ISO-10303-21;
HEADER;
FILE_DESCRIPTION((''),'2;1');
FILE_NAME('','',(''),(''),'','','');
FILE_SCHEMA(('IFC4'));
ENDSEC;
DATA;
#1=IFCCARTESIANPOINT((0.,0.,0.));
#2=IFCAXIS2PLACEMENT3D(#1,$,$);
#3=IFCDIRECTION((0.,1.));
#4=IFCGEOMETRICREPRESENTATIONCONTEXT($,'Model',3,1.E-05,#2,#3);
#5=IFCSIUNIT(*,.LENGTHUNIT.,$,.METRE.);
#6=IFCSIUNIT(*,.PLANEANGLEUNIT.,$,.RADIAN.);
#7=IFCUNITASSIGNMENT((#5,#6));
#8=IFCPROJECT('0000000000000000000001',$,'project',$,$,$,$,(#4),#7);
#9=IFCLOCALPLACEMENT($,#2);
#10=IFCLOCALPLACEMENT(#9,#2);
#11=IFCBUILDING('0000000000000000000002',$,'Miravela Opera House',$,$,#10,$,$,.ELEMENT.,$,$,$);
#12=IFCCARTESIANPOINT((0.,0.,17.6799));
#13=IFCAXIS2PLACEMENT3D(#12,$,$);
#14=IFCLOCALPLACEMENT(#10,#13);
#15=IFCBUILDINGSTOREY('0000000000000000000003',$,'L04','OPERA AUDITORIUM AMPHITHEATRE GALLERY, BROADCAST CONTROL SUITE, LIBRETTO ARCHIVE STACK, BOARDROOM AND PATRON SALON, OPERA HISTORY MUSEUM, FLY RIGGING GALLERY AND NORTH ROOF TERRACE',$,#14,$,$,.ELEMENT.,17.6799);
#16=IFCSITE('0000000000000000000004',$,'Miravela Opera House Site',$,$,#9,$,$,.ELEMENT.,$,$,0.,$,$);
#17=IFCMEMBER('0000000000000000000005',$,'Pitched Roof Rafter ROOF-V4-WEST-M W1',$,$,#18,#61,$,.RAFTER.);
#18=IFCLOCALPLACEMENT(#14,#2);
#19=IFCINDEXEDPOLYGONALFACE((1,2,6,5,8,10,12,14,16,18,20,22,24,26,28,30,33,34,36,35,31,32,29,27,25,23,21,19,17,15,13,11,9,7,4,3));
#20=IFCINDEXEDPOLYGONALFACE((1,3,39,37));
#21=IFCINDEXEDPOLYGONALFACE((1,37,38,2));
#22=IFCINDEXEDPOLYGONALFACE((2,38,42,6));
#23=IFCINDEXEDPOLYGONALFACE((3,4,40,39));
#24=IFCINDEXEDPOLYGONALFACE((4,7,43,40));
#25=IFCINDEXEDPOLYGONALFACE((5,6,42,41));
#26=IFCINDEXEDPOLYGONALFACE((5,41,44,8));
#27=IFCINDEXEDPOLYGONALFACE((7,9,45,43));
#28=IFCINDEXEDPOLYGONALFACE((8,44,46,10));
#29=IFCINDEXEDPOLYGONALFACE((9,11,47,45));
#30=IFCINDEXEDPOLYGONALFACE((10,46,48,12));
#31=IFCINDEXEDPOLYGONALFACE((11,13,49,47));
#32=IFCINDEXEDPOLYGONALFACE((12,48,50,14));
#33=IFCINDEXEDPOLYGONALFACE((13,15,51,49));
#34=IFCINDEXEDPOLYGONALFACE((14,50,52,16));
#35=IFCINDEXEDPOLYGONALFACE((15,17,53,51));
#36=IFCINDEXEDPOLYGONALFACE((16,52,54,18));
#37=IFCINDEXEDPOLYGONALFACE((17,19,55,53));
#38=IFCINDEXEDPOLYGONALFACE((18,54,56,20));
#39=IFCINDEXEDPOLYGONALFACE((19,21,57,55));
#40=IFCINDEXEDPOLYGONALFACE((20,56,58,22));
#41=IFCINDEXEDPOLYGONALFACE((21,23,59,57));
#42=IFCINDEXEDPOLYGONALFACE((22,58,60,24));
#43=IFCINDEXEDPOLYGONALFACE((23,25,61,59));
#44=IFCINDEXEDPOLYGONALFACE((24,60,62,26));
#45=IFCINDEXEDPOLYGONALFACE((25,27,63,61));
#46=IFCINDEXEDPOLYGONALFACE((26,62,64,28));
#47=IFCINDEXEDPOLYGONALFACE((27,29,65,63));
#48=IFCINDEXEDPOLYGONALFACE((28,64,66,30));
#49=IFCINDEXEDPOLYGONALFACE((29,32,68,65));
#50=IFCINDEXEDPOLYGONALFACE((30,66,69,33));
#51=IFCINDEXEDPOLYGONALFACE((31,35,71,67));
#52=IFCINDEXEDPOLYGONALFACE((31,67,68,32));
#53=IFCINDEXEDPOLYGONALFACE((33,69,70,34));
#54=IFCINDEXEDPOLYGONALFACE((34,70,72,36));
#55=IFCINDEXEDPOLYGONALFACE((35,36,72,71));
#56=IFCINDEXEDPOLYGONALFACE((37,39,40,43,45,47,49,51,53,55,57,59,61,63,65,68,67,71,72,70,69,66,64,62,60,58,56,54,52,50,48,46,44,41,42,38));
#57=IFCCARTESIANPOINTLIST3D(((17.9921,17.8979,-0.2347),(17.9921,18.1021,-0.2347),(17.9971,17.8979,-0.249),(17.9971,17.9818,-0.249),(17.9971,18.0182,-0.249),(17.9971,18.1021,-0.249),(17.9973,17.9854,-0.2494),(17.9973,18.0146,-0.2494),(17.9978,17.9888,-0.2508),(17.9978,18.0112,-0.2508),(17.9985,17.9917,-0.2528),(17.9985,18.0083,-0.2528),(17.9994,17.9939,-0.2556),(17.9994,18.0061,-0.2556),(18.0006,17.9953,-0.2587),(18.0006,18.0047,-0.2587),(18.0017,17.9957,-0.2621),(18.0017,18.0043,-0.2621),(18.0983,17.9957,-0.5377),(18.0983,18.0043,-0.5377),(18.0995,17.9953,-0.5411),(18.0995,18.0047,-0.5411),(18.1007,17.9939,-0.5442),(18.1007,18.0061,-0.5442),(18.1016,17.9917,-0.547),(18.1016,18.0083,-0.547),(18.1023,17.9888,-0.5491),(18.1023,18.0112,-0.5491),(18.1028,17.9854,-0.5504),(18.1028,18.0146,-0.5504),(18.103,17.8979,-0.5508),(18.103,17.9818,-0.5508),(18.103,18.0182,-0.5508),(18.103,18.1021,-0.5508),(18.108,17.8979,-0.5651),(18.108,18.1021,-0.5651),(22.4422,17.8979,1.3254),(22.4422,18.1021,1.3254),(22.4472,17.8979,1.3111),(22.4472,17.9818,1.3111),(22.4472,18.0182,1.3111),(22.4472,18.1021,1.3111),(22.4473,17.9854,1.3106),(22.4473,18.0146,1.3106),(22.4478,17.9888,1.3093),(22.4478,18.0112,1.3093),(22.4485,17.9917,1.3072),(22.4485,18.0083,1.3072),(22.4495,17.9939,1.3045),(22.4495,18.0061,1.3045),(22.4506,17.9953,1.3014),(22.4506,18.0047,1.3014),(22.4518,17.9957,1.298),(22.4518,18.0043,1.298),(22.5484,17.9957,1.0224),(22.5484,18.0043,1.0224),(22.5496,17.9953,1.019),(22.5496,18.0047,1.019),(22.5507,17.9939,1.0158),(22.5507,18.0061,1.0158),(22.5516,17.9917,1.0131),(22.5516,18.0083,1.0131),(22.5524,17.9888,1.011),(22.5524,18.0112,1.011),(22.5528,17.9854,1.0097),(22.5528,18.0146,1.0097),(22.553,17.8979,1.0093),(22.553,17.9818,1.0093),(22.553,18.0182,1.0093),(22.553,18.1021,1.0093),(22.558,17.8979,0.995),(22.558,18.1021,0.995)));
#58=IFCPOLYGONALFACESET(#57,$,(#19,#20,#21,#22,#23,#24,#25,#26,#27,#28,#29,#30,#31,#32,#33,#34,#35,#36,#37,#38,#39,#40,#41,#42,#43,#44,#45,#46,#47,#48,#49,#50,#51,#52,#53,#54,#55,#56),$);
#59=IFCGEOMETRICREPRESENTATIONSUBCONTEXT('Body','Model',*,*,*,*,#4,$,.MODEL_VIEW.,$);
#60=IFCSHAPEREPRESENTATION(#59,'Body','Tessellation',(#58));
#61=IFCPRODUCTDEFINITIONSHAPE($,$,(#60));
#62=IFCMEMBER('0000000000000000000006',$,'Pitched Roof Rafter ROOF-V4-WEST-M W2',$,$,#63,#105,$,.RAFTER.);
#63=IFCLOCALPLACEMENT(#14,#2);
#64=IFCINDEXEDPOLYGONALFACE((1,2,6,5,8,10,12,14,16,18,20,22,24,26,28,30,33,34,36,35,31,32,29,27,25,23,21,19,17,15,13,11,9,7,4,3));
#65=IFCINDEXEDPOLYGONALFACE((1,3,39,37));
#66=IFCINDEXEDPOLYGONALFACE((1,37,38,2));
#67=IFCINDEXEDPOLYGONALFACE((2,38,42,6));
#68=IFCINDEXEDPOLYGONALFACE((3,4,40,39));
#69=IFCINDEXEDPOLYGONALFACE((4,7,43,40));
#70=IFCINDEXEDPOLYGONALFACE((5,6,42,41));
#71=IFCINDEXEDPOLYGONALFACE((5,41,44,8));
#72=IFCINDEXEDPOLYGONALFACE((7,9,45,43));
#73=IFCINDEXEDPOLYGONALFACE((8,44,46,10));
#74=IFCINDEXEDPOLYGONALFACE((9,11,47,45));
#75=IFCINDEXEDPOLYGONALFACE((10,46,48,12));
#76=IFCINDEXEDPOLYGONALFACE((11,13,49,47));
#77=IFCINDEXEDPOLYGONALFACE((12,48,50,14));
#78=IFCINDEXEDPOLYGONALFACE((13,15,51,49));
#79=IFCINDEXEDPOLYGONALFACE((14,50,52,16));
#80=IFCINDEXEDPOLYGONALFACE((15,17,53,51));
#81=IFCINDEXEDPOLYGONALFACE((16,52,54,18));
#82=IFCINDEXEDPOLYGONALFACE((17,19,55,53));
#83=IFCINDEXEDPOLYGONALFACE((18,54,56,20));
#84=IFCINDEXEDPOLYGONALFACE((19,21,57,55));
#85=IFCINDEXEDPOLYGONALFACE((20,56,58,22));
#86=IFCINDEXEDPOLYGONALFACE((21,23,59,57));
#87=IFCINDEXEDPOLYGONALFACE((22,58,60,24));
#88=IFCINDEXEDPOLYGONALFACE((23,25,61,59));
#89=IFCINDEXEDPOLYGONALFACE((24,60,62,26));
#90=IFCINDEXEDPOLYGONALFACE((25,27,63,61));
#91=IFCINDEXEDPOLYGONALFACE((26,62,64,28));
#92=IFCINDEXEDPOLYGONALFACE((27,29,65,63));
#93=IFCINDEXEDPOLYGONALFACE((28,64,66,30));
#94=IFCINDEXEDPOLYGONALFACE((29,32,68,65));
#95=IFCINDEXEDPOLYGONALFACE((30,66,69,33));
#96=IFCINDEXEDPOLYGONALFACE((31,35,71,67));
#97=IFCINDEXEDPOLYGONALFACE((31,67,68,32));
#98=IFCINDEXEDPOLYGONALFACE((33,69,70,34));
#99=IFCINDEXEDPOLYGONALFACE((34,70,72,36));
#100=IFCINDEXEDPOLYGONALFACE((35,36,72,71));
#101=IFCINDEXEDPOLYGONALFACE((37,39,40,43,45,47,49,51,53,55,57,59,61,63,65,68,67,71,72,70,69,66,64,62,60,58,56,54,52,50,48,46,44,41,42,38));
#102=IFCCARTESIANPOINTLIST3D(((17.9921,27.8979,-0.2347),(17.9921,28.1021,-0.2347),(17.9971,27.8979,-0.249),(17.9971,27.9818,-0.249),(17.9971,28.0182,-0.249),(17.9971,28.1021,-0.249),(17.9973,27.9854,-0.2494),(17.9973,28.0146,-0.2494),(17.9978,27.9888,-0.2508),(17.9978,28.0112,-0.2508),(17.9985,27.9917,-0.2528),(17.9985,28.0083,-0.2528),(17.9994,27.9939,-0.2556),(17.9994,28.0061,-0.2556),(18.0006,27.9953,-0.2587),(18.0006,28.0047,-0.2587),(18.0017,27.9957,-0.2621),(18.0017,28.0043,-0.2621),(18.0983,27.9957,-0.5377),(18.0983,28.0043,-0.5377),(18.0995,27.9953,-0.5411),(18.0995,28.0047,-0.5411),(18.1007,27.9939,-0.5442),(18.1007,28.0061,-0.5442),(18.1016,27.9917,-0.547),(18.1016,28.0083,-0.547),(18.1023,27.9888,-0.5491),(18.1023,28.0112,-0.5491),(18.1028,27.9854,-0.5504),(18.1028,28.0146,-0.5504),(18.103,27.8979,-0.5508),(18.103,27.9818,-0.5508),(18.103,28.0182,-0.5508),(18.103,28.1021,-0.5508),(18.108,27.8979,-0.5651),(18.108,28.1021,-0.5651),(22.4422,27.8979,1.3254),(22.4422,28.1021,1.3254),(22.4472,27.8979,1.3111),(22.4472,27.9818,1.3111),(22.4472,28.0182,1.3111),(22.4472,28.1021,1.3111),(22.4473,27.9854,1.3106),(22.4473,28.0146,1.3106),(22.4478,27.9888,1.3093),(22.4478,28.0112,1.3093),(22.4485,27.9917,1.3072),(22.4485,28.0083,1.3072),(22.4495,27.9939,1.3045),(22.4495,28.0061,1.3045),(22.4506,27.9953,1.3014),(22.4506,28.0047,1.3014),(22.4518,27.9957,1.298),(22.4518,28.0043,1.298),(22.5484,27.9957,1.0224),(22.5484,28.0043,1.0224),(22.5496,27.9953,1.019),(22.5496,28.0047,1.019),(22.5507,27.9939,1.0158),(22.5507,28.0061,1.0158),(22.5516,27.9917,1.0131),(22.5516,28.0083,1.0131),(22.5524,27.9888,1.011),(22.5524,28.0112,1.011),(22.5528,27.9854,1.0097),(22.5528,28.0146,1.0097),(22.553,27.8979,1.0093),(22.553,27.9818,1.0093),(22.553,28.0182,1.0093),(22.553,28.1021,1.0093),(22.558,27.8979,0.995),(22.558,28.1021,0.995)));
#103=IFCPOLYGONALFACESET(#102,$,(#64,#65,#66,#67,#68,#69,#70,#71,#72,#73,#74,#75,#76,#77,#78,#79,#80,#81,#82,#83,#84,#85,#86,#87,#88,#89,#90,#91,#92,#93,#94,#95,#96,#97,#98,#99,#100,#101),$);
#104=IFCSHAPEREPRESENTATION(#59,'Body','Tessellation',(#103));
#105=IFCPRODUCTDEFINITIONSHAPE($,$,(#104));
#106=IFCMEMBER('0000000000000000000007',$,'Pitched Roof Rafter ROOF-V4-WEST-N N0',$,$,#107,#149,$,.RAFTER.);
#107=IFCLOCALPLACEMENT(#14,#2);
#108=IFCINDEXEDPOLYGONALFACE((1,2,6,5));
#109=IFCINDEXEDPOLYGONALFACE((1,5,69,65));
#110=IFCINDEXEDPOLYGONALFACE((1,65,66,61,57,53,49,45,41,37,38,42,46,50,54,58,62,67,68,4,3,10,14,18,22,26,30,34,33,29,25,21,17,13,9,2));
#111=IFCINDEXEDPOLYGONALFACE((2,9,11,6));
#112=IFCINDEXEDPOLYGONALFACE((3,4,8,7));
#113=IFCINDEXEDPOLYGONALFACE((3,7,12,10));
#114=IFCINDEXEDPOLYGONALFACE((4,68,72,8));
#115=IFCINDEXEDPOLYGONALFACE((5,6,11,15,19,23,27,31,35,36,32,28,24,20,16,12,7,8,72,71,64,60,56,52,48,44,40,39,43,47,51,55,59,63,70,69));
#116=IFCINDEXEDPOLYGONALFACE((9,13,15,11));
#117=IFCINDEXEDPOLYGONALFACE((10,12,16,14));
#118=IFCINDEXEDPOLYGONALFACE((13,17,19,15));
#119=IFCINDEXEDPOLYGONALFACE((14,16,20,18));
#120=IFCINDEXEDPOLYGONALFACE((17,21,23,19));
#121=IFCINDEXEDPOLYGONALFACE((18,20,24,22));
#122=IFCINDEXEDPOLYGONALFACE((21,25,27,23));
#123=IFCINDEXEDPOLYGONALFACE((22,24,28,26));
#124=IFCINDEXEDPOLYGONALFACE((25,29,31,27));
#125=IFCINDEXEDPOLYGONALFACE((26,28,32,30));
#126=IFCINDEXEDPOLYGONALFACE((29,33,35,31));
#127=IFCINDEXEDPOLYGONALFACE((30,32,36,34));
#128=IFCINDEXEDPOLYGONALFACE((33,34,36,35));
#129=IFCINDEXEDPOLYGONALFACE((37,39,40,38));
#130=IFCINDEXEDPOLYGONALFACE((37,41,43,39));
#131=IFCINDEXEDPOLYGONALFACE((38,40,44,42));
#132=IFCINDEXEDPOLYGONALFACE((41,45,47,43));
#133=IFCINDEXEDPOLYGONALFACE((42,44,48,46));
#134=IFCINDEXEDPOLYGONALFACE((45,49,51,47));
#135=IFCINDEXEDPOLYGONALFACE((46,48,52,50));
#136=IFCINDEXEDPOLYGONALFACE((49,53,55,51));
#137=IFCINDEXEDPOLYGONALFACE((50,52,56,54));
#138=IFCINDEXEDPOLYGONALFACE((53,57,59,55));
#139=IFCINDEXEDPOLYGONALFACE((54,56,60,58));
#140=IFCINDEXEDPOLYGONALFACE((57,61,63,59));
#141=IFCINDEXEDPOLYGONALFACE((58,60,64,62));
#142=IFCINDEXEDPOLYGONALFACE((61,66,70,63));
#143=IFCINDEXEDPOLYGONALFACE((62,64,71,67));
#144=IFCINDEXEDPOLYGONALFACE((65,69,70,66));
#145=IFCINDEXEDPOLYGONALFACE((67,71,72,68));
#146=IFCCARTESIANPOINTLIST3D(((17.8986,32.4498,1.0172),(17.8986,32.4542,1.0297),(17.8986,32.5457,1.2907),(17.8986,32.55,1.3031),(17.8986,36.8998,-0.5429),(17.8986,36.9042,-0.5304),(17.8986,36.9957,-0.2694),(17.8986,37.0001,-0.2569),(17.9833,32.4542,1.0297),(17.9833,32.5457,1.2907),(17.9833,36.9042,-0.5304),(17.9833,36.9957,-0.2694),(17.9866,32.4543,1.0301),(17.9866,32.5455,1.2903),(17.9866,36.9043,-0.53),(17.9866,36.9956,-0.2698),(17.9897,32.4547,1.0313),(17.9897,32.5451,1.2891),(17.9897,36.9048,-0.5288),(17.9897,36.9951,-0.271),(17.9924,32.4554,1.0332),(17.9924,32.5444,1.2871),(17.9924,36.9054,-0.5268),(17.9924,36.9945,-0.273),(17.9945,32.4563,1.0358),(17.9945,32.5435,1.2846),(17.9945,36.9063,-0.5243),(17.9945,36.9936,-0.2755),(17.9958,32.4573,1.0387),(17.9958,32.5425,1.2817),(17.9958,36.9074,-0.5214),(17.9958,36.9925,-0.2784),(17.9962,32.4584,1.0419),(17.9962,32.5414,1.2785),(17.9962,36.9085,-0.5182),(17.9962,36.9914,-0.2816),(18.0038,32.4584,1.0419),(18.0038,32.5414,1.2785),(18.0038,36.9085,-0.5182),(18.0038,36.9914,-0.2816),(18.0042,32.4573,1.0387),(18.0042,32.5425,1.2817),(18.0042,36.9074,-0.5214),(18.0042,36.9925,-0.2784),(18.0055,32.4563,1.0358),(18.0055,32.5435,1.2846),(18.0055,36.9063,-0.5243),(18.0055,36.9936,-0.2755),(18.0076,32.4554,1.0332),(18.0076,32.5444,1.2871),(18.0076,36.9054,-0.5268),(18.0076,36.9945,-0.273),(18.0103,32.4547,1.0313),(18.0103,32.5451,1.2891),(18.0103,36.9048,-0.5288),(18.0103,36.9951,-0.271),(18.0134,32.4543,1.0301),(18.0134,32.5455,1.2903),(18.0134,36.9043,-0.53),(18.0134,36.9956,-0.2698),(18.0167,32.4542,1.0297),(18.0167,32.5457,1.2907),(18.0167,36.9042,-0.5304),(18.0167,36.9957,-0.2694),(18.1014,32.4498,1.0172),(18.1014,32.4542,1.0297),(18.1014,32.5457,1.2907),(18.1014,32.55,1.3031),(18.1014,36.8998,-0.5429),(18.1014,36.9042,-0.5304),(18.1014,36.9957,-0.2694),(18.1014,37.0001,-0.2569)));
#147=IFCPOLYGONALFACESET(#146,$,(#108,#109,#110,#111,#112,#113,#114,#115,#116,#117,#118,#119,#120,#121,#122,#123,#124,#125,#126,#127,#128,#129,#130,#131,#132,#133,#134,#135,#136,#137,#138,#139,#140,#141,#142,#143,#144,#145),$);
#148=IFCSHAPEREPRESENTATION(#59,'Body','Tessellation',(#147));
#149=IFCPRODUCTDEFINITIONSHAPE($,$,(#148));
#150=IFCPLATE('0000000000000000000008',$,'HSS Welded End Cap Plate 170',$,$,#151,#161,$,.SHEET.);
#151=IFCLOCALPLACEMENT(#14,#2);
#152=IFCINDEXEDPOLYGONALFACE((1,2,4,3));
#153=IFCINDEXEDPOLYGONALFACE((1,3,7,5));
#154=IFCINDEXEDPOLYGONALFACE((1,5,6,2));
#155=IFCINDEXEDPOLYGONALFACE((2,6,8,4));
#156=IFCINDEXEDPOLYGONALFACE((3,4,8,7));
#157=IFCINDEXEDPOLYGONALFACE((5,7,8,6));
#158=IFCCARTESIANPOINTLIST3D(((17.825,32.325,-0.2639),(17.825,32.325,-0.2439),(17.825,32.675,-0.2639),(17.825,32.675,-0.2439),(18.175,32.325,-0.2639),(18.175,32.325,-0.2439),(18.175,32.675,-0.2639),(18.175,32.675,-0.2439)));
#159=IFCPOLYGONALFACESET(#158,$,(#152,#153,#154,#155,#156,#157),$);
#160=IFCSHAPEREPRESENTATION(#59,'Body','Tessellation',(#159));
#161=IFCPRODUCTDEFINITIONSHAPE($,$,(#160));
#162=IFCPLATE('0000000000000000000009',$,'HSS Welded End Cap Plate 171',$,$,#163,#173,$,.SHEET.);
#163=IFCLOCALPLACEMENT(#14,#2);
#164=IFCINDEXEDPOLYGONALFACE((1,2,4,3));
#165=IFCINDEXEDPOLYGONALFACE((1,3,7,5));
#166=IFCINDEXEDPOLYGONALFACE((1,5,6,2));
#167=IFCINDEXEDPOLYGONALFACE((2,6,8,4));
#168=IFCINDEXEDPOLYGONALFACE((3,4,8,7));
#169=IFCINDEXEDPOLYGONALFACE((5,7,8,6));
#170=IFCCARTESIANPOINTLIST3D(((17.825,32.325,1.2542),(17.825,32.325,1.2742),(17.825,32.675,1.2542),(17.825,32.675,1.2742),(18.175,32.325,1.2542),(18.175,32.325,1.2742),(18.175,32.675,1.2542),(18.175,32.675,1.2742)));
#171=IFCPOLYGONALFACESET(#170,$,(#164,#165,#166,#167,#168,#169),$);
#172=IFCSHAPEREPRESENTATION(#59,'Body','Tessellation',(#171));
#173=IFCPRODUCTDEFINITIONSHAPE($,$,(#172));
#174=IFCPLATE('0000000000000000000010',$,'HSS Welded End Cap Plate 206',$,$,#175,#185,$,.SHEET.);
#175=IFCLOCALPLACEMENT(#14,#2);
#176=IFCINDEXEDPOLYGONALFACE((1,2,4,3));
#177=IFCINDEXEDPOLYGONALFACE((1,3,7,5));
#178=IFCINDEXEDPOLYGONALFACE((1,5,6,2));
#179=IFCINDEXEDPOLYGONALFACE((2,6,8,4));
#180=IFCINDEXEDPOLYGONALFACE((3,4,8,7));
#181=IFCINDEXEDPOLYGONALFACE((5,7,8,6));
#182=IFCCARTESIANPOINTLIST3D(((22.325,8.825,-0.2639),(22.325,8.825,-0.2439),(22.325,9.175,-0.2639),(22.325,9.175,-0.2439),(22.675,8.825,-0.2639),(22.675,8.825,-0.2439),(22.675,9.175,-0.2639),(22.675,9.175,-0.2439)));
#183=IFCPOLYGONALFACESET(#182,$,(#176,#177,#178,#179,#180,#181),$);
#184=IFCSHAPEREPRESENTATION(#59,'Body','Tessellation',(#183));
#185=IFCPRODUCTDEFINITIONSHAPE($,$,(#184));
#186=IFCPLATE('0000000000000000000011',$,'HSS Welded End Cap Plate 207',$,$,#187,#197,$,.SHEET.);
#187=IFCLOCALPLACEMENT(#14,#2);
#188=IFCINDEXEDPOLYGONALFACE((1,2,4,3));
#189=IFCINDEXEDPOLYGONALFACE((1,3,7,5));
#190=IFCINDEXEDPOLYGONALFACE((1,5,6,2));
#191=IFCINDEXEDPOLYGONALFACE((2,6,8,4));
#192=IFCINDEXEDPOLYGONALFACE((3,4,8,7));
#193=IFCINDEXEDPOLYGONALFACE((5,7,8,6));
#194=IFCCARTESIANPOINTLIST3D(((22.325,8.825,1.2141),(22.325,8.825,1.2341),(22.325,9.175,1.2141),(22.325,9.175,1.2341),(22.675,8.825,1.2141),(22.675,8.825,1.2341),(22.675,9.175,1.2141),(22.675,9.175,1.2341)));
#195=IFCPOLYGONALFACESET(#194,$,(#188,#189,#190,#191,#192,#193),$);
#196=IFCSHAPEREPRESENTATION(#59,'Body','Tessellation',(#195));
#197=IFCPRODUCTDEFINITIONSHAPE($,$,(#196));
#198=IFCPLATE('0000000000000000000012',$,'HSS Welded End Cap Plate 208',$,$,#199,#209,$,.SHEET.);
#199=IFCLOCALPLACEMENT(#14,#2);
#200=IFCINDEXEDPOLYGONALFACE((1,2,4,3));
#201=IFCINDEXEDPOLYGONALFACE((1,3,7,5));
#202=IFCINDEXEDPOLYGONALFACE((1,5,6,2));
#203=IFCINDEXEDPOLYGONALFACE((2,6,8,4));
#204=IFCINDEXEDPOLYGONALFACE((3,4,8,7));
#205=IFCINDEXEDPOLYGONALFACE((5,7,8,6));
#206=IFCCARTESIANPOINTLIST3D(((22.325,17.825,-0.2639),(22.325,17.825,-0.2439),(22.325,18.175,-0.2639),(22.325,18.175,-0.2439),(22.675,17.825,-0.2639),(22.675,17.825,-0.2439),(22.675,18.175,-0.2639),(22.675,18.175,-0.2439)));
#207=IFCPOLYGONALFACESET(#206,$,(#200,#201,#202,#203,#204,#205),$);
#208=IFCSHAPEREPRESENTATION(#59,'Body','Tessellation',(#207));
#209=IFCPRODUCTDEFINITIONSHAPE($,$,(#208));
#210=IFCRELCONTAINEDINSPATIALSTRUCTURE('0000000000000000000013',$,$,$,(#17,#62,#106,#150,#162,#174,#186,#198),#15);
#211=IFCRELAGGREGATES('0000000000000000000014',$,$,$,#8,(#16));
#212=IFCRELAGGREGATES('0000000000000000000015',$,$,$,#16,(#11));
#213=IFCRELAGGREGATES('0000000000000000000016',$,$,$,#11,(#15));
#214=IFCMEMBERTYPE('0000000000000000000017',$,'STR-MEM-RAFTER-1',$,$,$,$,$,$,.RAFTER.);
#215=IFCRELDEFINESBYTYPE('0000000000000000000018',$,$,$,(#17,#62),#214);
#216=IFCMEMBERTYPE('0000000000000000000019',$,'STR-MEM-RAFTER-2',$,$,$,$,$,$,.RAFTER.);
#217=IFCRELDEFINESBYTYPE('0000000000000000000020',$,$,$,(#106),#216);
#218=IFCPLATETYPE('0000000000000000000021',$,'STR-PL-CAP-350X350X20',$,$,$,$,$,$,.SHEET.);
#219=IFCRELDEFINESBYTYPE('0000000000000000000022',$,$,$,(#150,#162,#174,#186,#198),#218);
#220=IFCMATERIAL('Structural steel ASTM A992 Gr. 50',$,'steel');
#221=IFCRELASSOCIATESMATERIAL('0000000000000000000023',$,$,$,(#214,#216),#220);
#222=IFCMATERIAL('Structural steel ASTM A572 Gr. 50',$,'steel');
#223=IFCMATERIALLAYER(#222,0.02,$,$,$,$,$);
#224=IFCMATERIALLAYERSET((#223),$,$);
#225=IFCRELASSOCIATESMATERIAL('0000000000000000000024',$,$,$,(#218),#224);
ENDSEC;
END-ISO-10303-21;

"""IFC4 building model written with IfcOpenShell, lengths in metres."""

from ifc_helpers import new_model, si_unit, direction, frame, origin, origin_2d, place, context, subcontext, project, spatial, rectangle, i_section, extrude, material, layer, layer_set, material_profile, profile_set, type_object, element, save


model = new_model("IFC4")

# Units and contexts
model_context = context("Model", 3, precision=1e-05, world=origin(), true_north=direction((0.0, 1.0)))
body_context = subcontext(model_context, "Body", "Model", "MODEL_VIEW")
ifc_project = project(units=[si_unit("LENGTHUNIT", "METRE"), si_unit("PLANEANGLEUNIT", "RADIAN")], contexts=[model_context])

# Site, building, storey
site_placement = place(None, origin())
site = spatial("IfcSite", under=ifc_project, at=site_placement, Name="Miravela Opera House Site", CompositionType="ELEMENT", RefElevation=0.0)
building_placement = place(site_placement, origin())
building = spatial("IfcBuilding", under=site, at=building_placement, Name="Miravela Opera House", CompositionType="ELEMENT")
storey_placement = place(building_placement, frame((0.0, 0.0, 17.6799)))
storey = spatial("IfcBuildingStorey", under=building, at=storey_placement, Name="L04", Description="OPERA AUDITORIUM AMPHITHEATRE GALLERY, BROADCAST CONTROL SUITE, LIBRETTO ARCHIVE STACK, BOARDROOM AND PATRON SALON, OPERA HISTORY MUSEUM, FLY RIGGING GALLERY AND NORTH ROOF TERRACE", CompositionType="ELEMENT", Elevation=17.6799)

# Shared definitions
ifc_material_1 = material(Name="Structural steel ASTM A992 Gr. 50", Category="steel")

# Members
ifc_material_profile_1 = material_profile(ifc_material_1, i_section(OverallWidth=0.2041, OverallDepth=0.3501, WebThickness=0.0085, FlangeThickness=0.0151, FilletRadius=0.0139, at=origin_2d()), Name="W360X72")
ifc_profile_set_1 = profile_set([ifc_material_profile_1])
member_type_1 = type_object("IfcMemberType", Name="STR-MEM-RAFTER-1", PredefinedType="RAFTER", material=ifc_profile_set_1)
for number, where, z_axis, x_axis, name in (
    (1, (18.05, 18.0, -0.3999), (0.943688, 0.0, 0.330837), (0.0, 1.0, 0.0), "Pitched Roof Rafter ROOF-V4-WEST-M W1"),
    (2, (18.05, 28.0, -0.3999), (0.943688, 0.0, 0.330837), (0.0, 1.0, 0.0), "Pitched Roof Rafter ROOF-V4-WEST-M W2"),
):
    element("IfcMember", number, at=place(storey_placement, frame(where, z_axis=z_axis, x_axis=x_axis)), inside=storey, type_object=member_type_1, Name=name, PredefinedType="RAFTER", context=body_context, shape_type="SweptSolid", body=[
        extrude(i_section(OverallWidth=0.2041, OverallDepth=0.3501, WebThickness=0.0085, FlangeThickness=0.0151, FilletRadius=0.0139, at=origin_2d()), origin(), (0.0, 0.0, 1.0), 4.7156),
    ])
ifc_material_profile_2 = material_profile(ifc_material_1, i_section(OverallWidth=0.2029, OverallDepth=0.303, WebThickness=0.0076, FlangeThickness=0.0132, FilletRadius=0.0129, at=origin_2d()), Name="W310X60")
ifc_profile_set_2 = profile_set([ifc_material_profile_2])
member_type_2 = type_object("IfcMemberType", Name="STR-MEM-RAFTER-2", PredefinedType="RAFTER", material=ifc_profile_set_2)
member_1_placement = place(storey_placement, frame((18.0, 36.95, -0.3999), z_axis=(0.0, -0.943688, 0.330837), x_axis=(1.0, 0.0, 0.0)))
element("IfcMember", 3, at=member_1_placement, inside=storey, type_object=member_type_2, Name="Pitched Roof Rafter ROOF-V4-WEST-N N0", PredefinedType="RAFTER", context=body_context, shape_type="SweptSolid", body=[
    extrude(i_section(OverallWidth=0.2029, OverallDepth=0.303, WebThickness=0.0076, FlangeThickness=0.0132, FilletRadius=0.0129, at=origin_2d()), origin(), (0.0, 0.0, 1.0), 4.7156),
])

# Plates
ifc_material_2 = material(Name="Structural steel ASTM A572 Gr. 50", Category="steel")
ifc_layer_1 = layer(ifc_material_2, 0.02)
ifc_layer_set_1 = layer_set([ifc_layer_1])
plate_type = type_object("IfcPlateType", Name="STR-PL-CAP-350X350X20", PredefinedType="SHEET", material=ifc_layer_set_1)
for number, where, z_axis, x_axis, name in (
    (4, (18.0, 32.5, -0.2639), (0.0, 0.0, 1.0), (1.0, 0.0, 0.0), "HSS Welded End Cap Plate 170"),
    (5, (18.0, 32.5, 1.2542), (0.0, 0.0, 1.0), (1.0, 0.0, 0.0), "HSS Welded End Cap Plate 171"),
    (6, (22.5, 9.0, -0.2639), (0.0, 0.0, 1.0), (1.0, 0.0, 0.0), "HSS Welded End Cap Plate 206"),
    (7, (22.5, 9.0, 1.2141), (0.0, 0.0, 1.0), (1.0, 0.0, 0.0), "HSS Welded End Cap Plate 207"),
    (8, (22.5, 18.0, -0.2639), (0.0, 0.0, 1.0), (1.0, 0.0, 0.0), "HSS Welded End Cap Plate 208"),
):
    element("IfcPlate", number, at=place(storey_placement, frame(where, z_axis=z_axis, x_axis=x_axis)), inside=storey, type_object=plate_type, Name=name, PredefinedType="SHEET", context=body_context, shape_type="SweptSolid", body=[
        extrude(rectangle(XDim=0.3501, YDim=0.3501, at=origin_2d()), origin(), (0.0, 0.0, 1.0), 0.02),
    ])

save(model, "model.ifc")
